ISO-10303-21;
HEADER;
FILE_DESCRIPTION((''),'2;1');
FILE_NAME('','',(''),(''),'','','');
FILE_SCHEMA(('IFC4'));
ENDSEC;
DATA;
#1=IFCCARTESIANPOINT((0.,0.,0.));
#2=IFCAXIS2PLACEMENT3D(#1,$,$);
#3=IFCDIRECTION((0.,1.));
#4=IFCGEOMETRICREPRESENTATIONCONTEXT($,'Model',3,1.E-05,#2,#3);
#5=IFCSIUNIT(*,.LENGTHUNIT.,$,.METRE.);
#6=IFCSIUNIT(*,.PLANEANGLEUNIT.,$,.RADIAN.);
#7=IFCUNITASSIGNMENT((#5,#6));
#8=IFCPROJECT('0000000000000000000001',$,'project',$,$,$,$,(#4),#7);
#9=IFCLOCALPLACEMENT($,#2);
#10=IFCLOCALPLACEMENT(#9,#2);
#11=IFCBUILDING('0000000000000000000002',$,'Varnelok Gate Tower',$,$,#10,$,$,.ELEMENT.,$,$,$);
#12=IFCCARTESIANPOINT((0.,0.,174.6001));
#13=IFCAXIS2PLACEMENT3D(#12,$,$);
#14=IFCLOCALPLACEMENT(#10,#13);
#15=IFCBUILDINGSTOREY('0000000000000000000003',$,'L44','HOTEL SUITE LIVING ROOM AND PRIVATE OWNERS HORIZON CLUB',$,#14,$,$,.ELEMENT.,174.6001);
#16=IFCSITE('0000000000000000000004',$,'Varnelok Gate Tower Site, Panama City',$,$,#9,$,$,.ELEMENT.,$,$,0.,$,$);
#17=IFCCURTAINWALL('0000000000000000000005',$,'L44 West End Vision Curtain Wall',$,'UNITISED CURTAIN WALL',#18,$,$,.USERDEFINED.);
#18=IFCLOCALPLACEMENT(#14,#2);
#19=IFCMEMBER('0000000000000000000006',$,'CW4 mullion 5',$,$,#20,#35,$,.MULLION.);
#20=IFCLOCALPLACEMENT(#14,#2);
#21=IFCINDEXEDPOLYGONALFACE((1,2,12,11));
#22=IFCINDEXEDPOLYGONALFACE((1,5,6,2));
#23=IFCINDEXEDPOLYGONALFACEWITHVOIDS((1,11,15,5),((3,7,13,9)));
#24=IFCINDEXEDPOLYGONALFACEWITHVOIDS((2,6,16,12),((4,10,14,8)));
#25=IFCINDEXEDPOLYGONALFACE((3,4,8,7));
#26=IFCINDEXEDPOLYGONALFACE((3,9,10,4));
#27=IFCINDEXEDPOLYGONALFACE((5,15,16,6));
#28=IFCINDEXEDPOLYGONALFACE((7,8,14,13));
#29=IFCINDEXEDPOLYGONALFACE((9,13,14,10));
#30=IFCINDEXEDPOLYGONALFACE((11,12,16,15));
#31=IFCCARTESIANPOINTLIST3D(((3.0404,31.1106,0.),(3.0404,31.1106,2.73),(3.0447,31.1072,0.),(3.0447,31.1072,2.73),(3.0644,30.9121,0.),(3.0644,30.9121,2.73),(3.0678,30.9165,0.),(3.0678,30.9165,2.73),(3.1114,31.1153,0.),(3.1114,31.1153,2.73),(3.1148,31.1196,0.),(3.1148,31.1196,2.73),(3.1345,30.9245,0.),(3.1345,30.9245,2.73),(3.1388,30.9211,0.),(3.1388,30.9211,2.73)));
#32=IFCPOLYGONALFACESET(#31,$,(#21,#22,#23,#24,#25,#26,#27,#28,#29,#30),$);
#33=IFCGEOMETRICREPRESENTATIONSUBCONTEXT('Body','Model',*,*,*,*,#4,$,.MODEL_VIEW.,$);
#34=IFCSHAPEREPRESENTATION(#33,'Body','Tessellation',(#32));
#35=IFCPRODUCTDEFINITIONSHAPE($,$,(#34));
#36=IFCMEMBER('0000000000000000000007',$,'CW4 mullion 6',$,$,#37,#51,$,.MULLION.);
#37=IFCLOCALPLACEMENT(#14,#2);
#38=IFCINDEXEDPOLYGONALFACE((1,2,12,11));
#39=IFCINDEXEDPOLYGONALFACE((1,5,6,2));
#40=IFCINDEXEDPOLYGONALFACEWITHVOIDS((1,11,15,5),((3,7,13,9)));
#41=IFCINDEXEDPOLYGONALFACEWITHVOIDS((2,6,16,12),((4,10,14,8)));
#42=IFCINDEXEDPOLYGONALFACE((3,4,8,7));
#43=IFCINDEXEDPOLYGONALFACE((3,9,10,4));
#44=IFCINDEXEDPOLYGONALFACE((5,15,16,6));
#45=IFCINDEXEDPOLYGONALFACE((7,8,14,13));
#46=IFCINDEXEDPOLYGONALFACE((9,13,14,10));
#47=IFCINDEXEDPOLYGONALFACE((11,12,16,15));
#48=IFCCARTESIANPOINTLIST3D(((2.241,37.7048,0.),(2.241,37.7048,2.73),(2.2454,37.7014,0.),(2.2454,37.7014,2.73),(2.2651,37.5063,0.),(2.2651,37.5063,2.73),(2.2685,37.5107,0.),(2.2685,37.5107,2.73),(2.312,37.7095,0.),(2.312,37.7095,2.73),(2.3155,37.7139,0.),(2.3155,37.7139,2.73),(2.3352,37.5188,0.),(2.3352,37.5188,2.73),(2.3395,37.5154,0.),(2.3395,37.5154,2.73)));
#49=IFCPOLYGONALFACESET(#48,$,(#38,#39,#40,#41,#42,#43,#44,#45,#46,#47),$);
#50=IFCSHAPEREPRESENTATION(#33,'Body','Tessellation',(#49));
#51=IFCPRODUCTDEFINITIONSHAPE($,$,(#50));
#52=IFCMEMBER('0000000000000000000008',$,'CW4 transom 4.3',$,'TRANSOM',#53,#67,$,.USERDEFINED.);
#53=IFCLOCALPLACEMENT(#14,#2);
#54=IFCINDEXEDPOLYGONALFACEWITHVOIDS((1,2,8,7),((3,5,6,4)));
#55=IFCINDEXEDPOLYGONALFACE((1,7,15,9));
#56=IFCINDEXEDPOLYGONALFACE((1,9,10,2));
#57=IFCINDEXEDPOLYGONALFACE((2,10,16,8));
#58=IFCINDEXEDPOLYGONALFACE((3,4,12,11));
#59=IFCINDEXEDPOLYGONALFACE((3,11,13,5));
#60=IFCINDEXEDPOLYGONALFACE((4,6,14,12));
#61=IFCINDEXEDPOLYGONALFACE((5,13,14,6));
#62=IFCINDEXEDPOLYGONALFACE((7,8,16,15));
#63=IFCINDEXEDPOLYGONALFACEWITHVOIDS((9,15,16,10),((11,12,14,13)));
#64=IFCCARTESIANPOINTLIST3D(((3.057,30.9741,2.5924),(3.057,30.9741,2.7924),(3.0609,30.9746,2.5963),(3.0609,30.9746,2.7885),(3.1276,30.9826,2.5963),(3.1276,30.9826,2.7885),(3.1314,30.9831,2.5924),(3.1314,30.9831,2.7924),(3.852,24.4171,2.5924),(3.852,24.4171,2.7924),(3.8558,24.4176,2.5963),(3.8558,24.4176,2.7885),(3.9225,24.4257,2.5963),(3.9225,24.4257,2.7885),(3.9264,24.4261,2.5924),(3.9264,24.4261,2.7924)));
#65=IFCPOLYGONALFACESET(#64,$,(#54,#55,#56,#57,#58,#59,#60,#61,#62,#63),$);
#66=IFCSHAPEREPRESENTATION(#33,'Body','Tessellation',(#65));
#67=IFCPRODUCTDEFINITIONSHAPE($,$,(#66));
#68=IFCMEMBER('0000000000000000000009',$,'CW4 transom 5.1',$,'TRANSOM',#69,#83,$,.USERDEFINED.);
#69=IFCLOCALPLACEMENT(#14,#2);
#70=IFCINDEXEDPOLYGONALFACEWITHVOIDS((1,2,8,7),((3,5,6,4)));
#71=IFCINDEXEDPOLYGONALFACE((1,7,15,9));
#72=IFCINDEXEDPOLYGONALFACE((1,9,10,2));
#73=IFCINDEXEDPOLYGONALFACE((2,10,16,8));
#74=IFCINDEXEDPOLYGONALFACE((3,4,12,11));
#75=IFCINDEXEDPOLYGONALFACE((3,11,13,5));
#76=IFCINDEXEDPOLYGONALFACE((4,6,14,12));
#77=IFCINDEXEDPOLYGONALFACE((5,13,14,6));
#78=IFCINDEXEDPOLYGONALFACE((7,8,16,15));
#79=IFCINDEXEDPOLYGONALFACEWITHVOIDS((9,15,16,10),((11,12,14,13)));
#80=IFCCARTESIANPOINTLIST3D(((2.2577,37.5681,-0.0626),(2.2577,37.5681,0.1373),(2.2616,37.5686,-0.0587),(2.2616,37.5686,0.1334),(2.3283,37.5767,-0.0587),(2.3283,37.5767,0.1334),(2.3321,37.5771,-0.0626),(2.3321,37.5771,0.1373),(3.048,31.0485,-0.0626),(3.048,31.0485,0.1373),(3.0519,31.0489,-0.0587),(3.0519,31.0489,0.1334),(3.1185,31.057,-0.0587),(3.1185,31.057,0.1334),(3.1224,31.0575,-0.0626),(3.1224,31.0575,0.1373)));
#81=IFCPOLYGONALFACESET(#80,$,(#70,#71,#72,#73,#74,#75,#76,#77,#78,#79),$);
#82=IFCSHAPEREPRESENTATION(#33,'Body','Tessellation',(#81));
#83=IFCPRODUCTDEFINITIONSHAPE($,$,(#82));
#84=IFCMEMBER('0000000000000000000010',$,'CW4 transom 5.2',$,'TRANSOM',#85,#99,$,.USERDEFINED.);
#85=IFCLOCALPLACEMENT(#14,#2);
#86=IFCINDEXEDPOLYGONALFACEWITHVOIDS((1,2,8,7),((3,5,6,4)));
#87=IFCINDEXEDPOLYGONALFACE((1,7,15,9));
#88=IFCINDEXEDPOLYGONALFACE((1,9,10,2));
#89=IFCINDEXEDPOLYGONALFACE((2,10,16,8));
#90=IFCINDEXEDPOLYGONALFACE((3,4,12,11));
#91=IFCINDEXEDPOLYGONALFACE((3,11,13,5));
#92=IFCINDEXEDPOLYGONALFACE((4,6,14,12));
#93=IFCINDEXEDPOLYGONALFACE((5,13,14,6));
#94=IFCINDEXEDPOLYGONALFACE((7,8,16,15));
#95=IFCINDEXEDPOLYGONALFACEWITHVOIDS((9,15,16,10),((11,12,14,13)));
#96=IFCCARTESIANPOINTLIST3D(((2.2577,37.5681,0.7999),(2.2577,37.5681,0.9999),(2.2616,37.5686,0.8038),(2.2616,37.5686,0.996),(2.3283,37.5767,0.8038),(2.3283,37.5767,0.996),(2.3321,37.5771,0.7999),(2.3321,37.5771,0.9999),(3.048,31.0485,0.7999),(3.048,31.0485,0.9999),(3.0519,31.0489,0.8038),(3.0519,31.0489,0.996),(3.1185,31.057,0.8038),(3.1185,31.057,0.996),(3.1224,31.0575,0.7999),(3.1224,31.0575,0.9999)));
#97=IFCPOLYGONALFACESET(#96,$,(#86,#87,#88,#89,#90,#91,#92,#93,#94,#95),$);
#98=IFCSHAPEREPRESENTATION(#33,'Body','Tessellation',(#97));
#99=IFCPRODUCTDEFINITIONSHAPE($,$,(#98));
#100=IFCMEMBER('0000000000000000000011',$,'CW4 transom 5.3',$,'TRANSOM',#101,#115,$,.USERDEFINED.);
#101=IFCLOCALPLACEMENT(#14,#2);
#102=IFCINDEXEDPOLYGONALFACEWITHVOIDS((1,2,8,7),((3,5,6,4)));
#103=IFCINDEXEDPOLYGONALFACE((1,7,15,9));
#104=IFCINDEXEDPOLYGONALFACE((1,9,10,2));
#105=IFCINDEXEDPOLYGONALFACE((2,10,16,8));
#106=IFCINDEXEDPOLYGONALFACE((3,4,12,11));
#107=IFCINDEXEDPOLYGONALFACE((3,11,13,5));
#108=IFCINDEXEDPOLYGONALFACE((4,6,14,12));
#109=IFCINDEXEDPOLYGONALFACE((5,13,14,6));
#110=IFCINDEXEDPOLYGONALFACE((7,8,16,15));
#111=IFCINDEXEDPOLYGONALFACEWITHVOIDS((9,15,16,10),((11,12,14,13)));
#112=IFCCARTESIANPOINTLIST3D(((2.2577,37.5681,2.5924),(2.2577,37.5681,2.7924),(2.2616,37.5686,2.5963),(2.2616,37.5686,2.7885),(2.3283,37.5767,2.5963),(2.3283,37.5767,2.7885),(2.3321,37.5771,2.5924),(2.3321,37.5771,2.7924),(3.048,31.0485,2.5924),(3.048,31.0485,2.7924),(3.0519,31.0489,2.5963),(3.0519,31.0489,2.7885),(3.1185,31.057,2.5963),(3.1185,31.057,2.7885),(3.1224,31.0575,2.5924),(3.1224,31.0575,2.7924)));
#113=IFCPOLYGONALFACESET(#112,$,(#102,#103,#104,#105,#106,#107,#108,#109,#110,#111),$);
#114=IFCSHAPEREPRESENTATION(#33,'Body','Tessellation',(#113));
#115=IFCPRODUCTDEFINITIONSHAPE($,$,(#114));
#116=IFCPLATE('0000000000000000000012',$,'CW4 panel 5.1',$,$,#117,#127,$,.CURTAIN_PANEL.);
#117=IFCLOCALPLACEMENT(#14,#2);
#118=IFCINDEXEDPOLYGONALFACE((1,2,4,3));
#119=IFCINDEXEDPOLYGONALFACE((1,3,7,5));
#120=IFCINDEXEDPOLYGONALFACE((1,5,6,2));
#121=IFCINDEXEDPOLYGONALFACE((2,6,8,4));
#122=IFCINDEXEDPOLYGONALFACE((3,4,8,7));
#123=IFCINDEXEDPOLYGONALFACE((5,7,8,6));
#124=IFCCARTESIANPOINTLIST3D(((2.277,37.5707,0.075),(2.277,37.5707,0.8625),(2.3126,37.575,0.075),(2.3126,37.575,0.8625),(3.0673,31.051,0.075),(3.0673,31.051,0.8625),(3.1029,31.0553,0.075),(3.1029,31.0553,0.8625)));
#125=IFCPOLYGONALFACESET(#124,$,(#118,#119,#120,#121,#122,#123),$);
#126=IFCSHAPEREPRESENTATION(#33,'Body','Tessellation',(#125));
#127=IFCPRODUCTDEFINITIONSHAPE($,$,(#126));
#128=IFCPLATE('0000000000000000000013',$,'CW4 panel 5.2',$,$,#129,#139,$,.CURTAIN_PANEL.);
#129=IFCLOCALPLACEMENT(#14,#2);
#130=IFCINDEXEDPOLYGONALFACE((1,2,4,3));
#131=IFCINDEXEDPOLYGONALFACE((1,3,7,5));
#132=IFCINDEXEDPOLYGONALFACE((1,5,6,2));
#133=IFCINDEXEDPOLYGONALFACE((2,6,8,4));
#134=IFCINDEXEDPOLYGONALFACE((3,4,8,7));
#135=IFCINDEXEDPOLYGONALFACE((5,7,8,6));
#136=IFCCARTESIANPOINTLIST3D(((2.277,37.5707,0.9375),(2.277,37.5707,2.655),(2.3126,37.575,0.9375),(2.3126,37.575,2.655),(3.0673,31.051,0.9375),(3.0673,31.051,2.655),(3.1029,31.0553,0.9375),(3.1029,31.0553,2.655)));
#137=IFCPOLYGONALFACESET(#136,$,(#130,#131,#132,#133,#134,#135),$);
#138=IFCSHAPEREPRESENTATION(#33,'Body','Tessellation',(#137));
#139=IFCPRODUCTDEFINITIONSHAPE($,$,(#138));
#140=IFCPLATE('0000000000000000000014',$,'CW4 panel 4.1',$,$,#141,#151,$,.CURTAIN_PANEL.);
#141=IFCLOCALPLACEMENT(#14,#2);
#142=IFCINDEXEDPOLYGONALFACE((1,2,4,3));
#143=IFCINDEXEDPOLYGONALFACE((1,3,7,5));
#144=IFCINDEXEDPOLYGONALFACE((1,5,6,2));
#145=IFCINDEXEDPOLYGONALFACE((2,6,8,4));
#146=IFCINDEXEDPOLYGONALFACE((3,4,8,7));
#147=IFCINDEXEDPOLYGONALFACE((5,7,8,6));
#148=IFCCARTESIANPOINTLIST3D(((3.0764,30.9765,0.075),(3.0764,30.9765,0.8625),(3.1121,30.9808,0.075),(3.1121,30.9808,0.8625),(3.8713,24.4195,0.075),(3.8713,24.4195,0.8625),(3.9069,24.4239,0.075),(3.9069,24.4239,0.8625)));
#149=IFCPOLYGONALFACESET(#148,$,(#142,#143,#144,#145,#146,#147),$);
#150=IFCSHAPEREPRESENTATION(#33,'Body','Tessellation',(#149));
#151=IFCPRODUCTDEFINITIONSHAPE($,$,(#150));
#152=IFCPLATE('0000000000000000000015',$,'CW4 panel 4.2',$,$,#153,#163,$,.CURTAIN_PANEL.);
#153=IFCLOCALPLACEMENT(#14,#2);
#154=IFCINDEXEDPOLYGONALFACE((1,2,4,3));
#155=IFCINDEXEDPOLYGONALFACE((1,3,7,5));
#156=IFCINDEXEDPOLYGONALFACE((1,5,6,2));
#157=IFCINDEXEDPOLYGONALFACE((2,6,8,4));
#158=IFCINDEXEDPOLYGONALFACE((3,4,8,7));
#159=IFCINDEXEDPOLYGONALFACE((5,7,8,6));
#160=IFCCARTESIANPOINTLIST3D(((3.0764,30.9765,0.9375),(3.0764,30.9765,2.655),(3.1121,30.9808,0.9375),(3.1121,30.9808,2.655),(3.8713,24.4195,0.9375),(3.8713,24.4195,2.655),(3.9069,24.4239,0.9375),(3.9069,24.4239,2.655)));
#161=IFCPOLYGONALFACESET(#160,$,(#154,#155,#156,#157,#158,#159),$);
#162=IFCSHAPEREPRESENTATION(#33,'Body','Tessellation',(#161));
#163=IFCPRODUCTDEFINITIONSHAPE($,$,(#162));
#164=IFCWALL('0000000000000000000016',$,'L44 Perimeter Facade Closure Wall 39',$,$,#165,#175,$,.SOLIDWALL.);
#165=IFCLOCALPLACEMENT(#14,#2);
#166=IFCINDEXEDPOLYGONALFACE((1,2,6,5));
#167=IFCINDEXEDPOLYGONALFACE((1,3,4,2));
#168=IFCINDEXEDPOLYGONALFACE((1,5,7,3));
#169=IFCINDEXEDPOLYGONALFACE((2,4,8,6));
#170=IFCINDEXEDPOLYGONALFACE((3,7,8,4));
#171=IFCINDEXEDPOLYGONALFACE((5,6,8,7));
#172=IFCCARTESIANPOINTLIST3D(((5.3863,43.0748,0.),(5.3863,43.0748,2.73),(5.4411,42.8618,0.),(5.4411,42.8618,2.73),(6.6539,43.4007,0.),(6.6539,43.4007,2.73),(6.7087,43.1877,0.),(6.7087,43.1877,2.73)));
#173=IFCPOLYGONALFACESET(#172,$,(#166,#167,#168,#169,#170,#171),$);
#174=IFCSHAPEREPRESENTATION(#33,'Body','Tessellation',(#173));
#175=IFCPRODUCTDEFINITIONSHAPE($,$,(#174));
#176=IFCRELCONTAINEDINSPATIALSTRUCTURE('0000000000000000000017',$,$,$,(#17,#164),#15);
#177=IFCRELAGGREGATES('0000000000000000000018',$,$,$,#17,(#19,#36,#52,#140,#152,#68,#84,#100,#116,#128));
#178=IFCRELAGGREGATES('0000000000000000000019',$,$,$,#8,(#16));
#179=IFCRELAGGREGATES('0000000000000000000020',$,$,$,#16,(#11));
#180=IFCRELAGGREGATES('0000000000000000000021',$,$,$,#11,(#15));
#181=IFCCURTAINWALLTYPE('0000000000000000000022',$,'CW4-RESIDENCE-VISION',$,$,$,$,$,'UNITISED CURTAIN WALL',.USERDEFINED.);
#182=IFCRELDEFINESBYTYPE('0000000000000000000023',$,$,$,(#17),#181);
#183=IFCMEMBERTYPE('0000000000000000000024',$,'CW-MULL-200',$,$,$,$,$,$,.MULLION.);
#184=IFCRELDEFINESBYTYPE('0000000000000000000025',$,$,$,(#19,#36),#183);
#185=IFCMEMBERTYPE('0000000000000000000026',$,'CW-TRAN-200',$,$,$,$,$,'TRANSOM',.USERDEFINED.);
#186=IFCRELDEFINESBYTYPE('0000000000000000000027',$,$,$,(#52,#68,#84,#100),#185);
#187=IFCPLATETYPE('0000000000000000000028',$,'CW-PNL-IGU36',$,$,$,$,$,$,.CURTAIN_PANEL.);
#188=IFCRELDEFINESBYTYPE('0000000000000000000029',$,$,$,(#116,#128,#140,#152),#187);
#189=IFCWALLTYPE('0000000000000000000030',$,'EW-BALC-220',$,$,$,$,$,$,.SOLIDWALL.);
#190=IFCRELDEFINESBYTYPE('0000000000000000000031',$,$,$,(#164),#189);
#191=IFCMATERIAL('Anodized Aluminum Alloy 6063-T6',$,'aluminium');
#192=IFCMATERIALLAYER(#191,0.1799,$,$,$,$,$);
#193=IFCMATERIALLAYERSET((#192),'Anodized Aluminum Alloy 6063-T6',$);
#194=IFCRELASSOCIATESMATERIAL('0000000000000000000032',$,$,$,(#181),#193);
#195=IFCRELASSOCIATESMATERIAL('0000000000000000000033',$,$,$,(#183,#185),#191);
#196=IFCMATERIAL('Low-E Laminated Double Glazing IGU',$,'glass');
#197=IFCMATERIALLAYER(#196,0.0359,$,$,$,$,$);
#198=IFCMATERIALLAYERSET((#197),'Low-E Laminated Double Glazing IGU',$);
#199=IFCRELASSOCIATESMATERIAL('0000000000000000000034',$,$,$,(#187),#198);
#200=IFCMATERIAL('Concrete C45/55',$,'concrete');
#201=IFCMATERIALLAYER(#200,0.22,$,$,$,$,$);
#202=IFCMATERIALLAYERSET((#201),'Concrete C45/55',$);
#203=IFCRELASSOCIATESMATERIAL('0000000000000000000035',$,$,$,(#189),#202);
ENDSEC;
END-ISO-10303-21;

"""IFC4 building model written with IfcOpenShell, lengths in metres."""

from ifc_helpers import new_model, si_unit, direction, frame, frame_2d, origin, origin_2d, place, context, subcontext, project, spatial, rectangle, hollow_rectangle, extrude, source, transform, mapped, material, layer, layer_set, material_profile, profile_set, type_object, element, aggregate, save


model = new_model("IFC4")

# Units and contexts
model_context = context("Model", 3, precision=1e-05, world=origin(), true_north=direction((0.0, 1.0)))
body_context = subcontext(model_context, "Body", "Model", "MODEL_VIEW")
ifc_project = project(units=[si_unit("LENGTHUNIT", "METRE"), si_unit("PLANEANGLEUNIT", "RADIAN")], contexts=[model_context])

# Site, building, storey
site_placement = place(None, origin())
site = spatial("IfcSite", under=ifc_project, at=site_placement, Name="Varnelok Gate Tower Site, Panama City", CompositionType="ELEMENT", RefElevation=0.0)
building_placement = place(site_placement, origin())
building = spatial("IfcBuilding", under=site, at=building_placement, Name="Varnelok Gate Tower", CompositionType="ELEMENT")
storey_placement = place(building_placement, frame((0.0, 0.0, 174.6001)))
storey = spatial("IfcBuildingStorey", under=building, at=storey_placement, Name="L44", Description="HOTEL SUITE LIVING ROOM AND PRIVATE OWNERS HORIZON CLUB", CompositionType="ELEMENT", Elevation=174.6001)

# Curtain wall, members, plates
ifc_material_1 = material(Name="Anodized Aluminum Alloy 6063-T6", Category="aluminium")
ifc_layer_1 = layer(ifc_material_1, 0.1799)
ifc_layer_set_1 = layer_set([ifc_layer_1], Name="Anodized Aluminum Alloy 6063-T6")
curtain_wall_type = type_object("IfcCurtainWallType", Name="CW4-RESIDENCE-VISION", ElementType="UNITISED CURTAIN WALL", PredefinedType="USERDEFINED", material=ifc_layer_set_1)
curtain_wall_placement = place(storey_placement, origin())
curtain_wall = element("IfcCurtainWall", 1, at=curtain_wall_placement, inside=storey, type_object=curtain_wall_type, Name="L44 West End Vision Curtain Wall", ObjectType="UNITISED CURTAIN WALL", PredefinedType="USERDEFINED")
ifc_material_profile_1 = material_profile(ifc_material_1, hollow_rectangle(XDim=0.075, YDim=0.2, WallThickness=0.0039, at=origin_2d()), Name="ALU200X75X4")
ifc_profile_set_1 = profile_set([ifc_material_profile_1], Name="Anodized Aluminum Alloy 6063-T6")
member_type_1 = type_object("IfcMemberType", Name="CW-MULL-200", PredefinedType="MULLION", material=ifc_profile_set_1)
member_1_placement = place(storey_placement, frame((3.0896, 31.0159, 0.0), z_axis=(0.0, 0.0, 1.0), x_axis=(-0.992732, -0.120345, 0.0)))
member_1 = element("IfcMember", 2, at=member_1_placement, type_object=member_type_1, Name="CW4 mullion 5", PredefinedType="MULLION", context=body_context, shape_type="SweptSolid", body=[
    extrude(hollow_rectangle(XDim=0.075, YDim=0.2, WallThickness=0.0039, at=origin_2d()), origin(), (0.0, 0.0, 1.0), 2.73),
])
member_2_placement = place(storey_placement, frame((2.2903, 37.6101, 0.0), z_axis=(0.0, 0.0, 1.0), x_axis=(-0.992732, -0.120345, 0.0)))
member_2 = element("IfcMember", 3, at=member_2_placement, type_object=member_type_1, Name="CW4 mullion 6", PredefinedType="MULLION", context=body_context, shape_type="SweptSolid", body=[
    extrude(hollow_rectangle(XDim=0.075, YDim=0.2, WallThickness=0.0039, at=origin_2d()), origin(), (0.0, 0.0, 1.0), 2.73),
])
ifc_material_profile_2 = material_profile(ifc_material_1, hollow_rectangle(XDim=0.075, YDim=0.2, WallThickness=0.0039, at=origin_2d()), Name="ALU200X75X4")
ifc_profile_set_2 = profile_set([ifc_material_profile_2], Name="Anodized Aluminum Alloy 6063-T6")
member_type_2 = type_object("IfcMemberType", Name="CW-TRAN-200", ElementType="TRANSOM", PredefinedType="USERDEFINED", material=ifc_profile_set_2)
member_3_placement = place(storey_placement, frame((3.8892, 24.4216, 2.6924), z_axis=(-0.120353, 0.992731, 0.0), x_axis=(-0.992731, -0.120353, 0.0)))
member_3 = element("IfcMember", 4, at=member_3_placement, type_object=member_type_2, Name="CW4 transom 4.3", ObjectType="TRANSOM", PredefinedType="USERDEFINED", context=body_context, shape_type="SweptSolid", body=[
    extrude(hollow_rectangle(XDim=0.075, YDim=0.2, WallThickness=0.0039, at=origin_2d()), origin(), (0.0, 0.0, 1.0), 6.605),
])
member_4_placement = place(storey_placement, frame((3.0852, 31.053, 0.0374), z_axis=(-0.120332, 0.992734, 0.0), x_axis=(-0.992734, -0.120332, 0.0)))
member_4 = element("IfcMember", 5, at=member_4_placement, type_object=member_type_2, Name="CW4 transom 5.1", ObjectType="TRANSOM", PredefinedType="USERDEFINED", context=body_context, shape_type="SweptSolid", body=[
    extrude(hollow_rectangle(XDim=0.075, YDim=0.2, WallThickness=0.0039, at=origin_2d()), origin(), (0.0, 0.0, 1.0), 6.5674),
])
member_5_placement = place(storey_placement, frame((3.0852, 31.053, 0.8999), z_axis=(-0.120332, 0.992734, 0.0), x_axis=(-0.992734, -0.120332, 0.0)))
member_5 = element("IfcMember", 6, at=member_5_placement, type_object=member_type_2, Name="CW4 transom 5.2", ObjectType="TRANSOM", PredefinedType="USERDEFINED", context=body_context, shape_type="SweptSolid", body=[
    extrude(hollow_rectangle(XDim=0.075, YDim=0.2, WallThickness=0.0039, at=origin_2d()), origin(), (0.0, 0.0, 1.0), 6.5674),
])
member_6_placement = place(storey_placement, frame((3.0852, 31.053, 2.6924), z_axis=(-0.120332, 0.992734, 0.0), x_axis=(-0.992734, -0.120332, 0.0)))
member_6 = element("IfcMember", 7, at=member_6_placement, type_object=member_type_2, Name="CW4 transom 5.3", ObjectType="TRANSOM", PredefinedType="USERDEFINED", context=body_context, shape_type="SweptSolid", body=[
    extrude(hollow_rectangle(XDim=0.075, YDim=0.2, WallThickness=0.0039, at=origin_2d()), origin(), (0.0, 0.0, 1.0), 6.5674),
])
ifc_material_2 = material(Name="Low-E Laminated Double Glazing IGU", Category="glass")
ifc_layer_2 = layer(ifc_material_2, 0.0359)
ifc_layer_set_2 = layer_set([ifc_layer_2], Name="Low-E Laminated Double Glazing IGU")
plate_type = type_object("IfcPlateType", Name="CW-PNL-IGU36", PredefinedType="CURTAIN_PANEL", material=ifc_layer_set_2)
shared_shape_1 = source(origin(), body_context, "Body", "SweptSolid", [
    extrude(rectangle(XDim=6.5674, YDim=0.0359, at=origin_2d()), origin(), (0.0, 0.0, 1.0), 0.7876),
])
plate_1_placement = place(storey_placement, frame((2.6899, 34.313, 0.075), z_axis=(0.0, 0.0, 1.0), x_axis=(-0.120345, 0.992732, 0.0)))
plate_1 = element("IfcPlate", 8, at=plate_1_placement, type_object=plate_type, Name="CW4 panel 5.1", PredefinedType="CURTAIN_PANEL", context=body_context, shape_type="MappedRepresentation", body=[
    mapped(shared_shape_1, transform((0.0, 0.0, 0.0), scale=1.0)),
])
shared_shape_2 = source(origin(), body_context, "Body", "SweptSolid", [
    extrude(rectangle(XDim=6.5674, YDim=0.0359, at=origin_2d()), origin(), (0.0, 0.0, 1.0), 1.7175),
])
plate_2_placement = place(storey_placement, frame((2.6899, 34.313, 0.9375), z_axis=(0.0, 0.0, 1.0), x_axis=(-0.120345, 0.992732, 0.0)))
plate_2 = element("IfcPlate", 9, at=plate_2_placement, type_object=plate_type, Name="CW4 panel 5.2", PredefinedType="CURTAIN_PANEL", context=body_context, shape_type="MappedRepresentation", body=[
    mapped(shared_shape_2, transform((0.0, 0.0, 0.0), scale=1.0)),
])
shared_shape_3 = source(origin(), body_context, "Body", "SweptSolid", [
    extrude(rectangle(XDim=6.605, YDim=0.0359, at=origin_2d()), origin(), (0.0, 0.0, 1.0), 0.7876),
])
plate_3_placement = place(storey_placement, frame((3.4917, 27.7002, 0.075), z_axis=(0.0, 0.0, 1.0), x_axis=(-0.120345, 0.992732, 0.0)))
plate_3 = element("IfcPlate", 10, at=plate_3_placement, type_object=plate_type, Name="CW4 panel 4.1", PredefinedType="CURTAIN_PANEL", context=body_context, shape_type="MappedRepresentation", body=[
    mapped(shared_shape_3, transform((0.0, 0.0, 0.0), scale=1.0)),
])
shared_shape_4 = source(origin(), body_context, "Body", "SweptSolid", [
    extrude(rectangle(XDim=6.605, YDim=0.0359, at=origin_2d()), origin(), (0.0, 0.0, 1.0), 1.7175),
])
plate_4_placement = place(storey_placement, frame((3.4917, 27.7002, 0.9375), z_axis=(0.0, 0.0, 1.0), x_axis=(-0.120345, 0.992732, 0.0)))
plate_4 = element("IfcPlate", 11, at=plate_4_placement, type_object=plate_type, Name="CW4 panel 4.2", PredefinedType="CURTAIN_PANEL", context=body_context, shape_type="MappedRepresentation", body=[
    mapped(shared_shape_4, transform((0.0, 0.0, 0.0), scale=1.0)),
])
aggregate(curtain_wall, [member_1, member_2, member_3, plate_3, plate_4, member_4, member_5, member_6, plate_1, plate_2])

# Wall
ifc_material_3 = material(Name="Concrete C45/55", Category="concrete")
ifc_layer_3 = layer(ifc_material_3, 0.22)
ifc_layer_set_3 = layer_set([ifc_layer_3], Name="Concrete C45/55")
wall_type_1 = type_object("IfcWallType", Name="EW-BALC-220", PredefinedType="SOLIDWALL", material=ifc_layer_set_3)
wall_1_placement = place(storey_placement, frame((6.6812, 43.2942, 0.0), z_axis=(0.0, 0.0, 1.0), x_axis=(-0.968497, -0.249026, 0.0)))
element("IfcWall", 12, at=wall_1_placement, inside=storey, type_object=wall_type_1, Name="L44 Perimeter Facade Closure Wall 39", PredefinedType="SOLIDWALL", context=body_context, shape_type="SweptSolid", body=[
    extrude(rectangle(XDim=1.3088, YDim=0.22, at=frame_2d((0.6543, 0.0))), origin(), (0.0, 0.0, 1.0), 2.73),
])

save(model, "model.ifc")
